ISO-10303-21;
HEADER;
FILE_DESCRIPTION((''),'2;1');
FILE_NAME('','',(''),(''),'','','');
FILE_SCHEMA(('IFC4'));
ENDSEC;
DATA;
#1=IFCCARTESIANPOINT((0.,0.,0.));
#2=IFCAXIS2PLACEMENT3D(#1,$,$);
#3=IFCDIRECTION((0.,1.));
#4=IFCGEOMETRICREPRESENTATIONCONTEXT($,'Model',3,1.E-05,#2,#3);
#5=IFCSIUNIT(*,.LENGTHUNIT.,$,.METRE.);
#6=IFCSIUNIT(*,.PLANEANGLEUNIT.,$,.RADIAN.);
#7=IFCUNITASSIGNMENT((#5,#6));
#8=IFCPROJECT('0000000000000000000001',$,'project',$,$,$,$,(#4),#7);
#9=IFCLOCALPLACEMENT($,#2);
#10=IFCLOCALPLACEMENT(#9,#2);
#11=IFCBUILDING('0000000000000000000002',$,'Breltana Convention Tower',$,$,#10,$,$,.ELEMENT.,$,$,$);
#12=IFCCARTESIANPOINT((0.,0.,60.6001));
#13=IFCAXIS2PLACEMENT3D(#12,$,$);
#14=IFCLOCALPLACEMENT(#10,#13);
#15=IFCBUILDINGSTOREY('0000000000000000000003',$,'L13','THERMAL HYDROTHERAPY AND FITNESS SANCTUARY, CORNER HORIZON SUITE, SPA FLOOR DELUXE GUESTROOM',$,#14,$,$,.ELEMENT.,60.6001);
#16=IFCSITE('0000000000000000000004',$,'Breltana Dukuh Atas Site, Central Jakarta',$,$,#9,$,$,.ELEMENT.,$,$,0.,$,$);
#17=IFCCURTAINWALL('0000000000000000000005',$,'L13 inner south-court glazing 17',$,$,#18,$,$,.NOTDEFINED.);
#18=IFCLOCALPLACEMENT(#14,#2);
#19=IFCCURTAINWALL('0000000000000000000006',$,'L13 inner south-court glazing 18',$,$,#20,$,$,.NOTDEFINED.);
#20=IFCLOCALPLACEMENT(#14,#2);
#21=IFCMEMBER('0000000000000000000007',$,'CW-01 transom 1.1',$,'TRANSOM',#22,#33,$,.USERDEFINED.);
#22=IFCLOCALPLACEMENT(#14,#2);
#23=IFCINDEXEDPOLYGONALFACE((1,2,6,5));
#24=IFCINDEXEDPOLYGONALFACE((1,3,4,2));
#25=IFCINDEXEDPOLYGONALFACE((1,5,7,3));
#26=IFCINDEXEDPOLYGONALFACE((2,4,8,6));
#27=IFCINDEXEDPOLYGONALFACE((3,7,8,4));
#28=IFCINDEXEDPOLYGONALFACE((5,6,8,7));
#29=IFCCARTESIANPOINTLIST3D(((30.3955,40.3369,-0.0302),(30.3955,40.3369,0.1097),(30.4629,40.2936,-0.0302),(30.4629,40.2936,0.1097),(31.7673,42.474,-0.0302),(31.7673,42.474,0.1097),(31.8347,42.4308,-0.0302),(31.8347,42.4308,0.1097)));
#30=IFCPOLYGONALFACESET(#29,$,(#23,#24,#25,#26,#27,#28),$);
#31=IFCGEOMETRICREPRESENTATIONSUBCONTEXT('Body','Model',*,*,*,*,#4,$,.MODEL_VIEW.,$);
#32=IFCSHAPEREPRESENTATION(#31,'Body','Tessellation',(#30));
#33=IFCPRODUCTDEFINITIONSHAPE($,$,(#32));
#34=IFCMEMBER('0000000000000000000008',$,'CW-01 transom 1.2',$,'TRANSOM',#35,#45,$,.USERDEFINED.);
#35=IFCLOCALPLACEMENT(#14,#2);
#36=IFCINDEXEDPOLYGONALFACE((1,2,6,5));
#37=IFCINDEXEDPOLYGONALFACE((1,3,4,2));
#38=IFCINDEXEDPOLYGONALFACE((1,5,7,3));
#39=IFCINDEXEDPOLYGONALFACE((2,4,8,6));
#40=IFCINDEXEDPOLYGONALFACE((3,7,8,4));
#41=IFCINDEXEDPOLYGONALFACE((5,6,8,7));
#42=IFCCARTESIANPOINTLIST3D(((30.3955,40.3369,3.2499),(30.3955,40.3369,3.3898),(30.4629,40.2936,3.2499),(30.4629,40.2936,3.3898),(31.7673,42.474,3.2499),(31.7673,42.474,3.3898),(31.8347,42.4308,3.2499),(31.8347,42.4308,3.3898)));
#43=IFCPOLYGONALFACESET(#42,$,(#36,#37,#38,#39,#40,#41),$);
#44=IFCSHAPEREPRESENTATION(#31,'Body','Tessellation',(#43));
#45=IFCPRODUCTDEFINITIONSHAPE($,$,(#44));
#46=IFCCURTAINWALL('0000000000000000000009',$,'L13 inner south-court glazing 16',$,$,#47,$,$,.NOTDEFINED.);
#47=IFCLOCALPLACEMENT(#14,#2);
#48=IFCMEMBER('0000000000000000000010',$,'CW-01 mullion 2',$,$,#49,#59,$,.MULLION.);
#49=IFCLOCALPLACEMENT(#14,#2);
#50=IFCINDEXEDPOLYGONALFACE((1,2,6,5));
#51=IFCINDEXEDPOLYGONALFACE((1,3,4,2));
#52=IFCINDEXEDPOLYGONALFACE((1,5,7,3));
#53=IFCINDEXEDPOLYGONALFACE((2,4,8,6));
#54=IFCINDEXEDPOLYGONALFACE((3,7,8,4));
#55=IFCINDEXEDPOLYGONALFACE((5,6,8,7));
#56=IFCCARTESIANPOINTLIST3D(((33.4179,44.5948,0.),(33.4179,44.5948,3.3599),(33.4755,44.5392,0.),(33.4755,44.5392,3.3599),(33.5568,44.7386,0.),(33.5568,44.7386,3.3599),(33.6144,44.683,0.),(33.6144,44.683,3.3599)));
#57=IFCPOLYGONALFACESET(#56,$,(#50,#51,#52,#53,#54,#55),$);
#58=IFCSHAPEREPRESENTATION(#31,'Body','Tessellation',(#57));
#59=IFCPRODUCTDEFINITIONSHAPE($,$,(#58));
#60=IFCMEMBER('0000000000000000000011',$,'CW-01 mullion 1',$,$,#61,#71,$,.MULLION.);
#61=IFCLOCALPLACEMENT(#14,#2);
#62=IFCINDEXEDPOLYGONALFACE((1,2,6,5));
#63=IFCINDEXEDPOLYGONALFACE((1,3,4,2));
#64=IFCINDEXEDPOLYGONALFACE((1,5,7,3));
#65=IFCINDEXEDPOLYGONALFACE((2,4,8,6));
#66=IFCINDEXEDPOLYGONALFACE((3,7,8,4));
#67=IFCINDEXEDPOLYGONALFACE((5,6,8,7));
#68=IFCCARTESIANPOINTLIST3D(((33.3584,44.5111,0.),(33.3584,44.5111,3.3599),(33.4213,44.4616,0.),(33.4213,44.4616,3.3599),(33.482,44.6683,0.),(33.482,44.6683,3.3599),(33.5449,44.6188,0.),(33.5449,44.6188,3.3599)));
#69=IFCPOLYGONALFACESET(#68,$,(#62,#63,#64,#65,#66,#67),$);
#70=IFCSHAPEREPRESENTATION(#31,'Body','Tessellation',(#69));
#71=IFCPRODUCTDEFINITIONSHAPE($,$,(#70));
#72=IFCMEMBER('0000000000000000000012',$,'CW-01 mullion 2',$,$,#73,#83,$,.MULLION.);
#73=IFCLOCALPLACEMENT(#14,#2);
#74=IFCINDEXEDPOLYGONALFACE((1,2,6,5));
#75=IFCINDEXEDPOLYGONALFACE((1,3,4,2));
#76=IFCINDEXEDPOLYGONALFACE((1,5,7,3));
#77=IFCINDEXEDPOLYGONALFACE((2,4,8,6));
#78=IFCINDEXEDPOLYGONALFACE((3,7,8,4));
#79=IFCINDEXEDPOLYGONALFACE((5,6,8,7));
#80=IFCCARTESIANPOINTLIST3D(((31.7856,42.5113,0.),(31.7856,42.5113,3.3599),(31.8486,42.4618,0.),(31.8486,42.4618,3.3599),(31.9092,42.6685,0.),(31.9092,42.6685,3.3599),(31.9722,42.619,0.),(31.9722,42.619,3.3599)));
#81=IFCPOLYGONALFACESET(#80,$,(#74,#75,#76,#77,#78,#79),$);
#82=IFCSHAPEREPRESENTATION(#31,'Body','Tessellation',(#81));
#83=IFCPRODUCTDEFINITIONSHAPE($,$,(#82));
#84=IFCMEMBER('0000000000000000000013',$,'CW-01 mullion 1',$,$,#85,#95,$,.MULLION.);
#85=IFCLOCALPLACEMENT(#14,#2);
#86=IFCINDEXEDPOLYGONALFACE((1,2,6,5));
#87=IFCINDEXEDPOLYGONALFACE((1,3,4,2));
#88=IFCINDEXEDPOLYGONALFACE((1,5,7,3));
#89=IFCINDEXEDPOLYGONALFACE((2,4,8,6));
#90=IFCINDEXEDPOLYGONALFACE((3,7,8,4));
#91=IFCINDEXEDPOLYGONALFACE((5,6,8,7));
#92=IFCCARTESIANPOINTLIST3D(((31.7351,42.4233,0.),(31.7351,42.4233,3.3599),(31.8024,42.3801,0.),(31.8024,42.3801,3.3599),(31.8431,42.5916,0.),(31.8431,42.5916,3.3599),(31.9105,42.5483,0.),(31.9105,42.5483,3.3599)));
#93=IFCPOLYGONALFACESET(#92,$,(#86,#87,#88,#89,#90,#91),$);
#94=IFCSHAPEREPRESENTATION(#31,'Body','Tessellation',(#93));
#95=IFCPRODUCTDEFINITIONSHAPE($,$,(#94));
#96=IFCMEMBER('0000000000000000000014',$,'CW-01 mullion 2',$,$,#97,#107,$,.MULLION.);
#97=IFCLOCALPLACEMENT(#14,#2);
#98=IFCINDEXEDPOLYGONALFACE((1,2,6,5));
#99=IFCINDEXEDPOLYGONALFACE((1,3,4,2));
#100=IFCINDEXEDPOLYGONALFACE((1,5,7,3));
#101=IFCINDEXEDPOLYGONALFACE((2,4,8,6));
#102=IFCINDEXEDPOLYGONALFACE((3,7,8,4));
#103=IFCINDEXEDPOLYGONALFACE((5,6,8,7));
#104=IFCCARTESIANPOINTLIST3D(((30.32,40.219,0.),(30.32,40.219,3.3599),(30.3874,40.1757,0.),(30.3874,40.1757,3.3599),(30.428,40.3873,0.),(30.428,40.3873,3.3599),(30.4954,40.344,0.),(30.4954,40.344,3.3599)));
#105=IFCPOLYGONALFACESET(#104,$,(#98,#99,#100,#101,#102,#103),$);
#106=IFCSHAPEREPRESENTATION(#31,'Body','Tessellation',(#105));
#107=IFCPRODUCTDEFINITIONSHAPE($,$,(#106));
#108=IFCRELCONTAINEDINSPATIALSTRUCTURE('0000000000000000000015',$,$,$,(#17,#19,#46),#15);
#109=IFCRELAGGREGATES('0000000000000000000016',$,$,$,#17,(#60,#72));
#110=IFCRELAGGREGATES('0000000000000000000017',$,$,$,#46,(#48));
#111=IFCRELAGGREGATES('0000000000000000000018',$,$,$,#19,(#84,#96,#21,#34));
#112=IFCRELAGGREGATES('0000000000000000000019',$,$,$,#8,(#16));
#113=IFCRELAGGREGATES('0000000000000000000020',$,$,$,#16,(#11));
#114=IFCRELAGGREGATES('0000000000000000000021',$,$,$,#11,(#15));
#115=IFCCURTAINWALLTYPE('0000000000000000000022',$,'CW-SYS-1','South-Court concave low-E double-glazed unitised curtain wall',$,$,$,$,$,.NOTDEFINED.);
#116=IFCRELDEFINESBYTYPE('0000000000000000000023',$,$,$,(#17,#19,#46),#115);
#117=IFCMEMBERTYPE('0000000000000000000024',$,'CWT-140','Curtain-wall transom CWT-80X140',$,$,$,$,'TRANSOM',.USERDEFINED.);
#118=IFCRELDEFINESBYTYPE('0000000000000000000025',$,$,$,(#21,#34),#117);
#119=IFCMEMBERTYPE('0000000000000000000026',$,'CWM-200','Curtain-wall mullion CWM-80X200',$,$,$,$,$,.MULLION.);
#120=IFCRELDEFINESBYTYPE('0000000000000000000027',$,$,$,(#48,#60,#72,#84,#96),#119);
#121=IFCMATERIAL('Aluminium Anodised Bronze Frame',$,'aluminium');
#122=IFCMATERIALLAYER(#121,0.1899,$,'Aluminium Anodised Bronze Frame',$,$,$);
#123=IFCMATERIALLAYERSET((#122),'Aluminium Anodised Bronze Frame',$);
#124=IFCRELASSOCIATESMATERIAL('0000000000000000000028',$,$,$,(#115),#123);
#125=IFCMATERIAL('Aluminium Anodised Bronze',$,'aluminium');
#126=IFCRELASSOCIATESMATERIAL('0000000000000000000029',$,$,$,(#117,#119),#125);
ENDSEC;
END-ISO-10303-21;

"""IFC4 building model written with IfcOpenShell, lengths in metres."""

from ifc_helpers import new_model, si_unit, direction, frame, origin, origin_2d, place, context, subcontext, project, spatial, rectangle, extrude, source, transform, mapped, material, layer, layer_set, material_profile, profile_set, type_object, element, aggregate, save


model = new_model("IFC4")

# Units and contexts
model_context = context("Model", 3, precision=1e-05, world=origin(), true_north=direction((0.0, 1.0)))
body_context = subcontext(model_context, "Body", "Model", "MODEL_VIEW")
ifc_project = project(units=[si_unit("LENGTHUNIT", "METRE"), si_unit("PLANEANGLEUNIT", "RADIAN")], contexts=[model_context])

# Site, building, storey
site_placement = place(None, origin())
site = spatial("IfcSite", under=ifc_project, at=site_placement, Name="Breltana Dukuh Atas Site, Central Jakarta", CompositionType="ELEMENT", RefElevation=0.0)
building_placement = place(site_placement, origin())
building = spatial("IfcBuilding", under=site, at=building_placement, Name="Breltana Convention Tower", CompositionType="ELEMENT")
storey_placement = place(building_placement, frame((0.0, 0.0, 60.6001)))
storey = spatial("IfcBuildingStorey", under=building, at=storey_placement, Name="L13", Description="THERMAL HYDROTHERAPY AND FITNESS SANCTUARY, CORNER HORIZON SUITE, SPA FLOOR DELUXE GUESTROOM", CompositionType="ELEMENT", Elevation=60.6001)

# Curtain walls, members
ifc_material_1 = material(Name="Aluminium Anodised Bronze Frame", Category="aluminium")
ifc_layer_1 = layer(ifc_material_1, 0.1899, Name="Aluminium Anodised Bronze Frame")
ifc_layer_set_1 = layer_set([ifc_layer_1], Name="Aluminium Anodised Bronze Frame")
curtain_wall_type = type_object("IfcCurtainWallType", Name="CW-SYS-1", Description="South-Court concave low-E double-glazed unitised curtain wall", PredefinedType="NOTDEFINED", material=ifc_layer_set_1)
curtain_wall_1_placement = place(storey_placement, origin())
curtain_wall_1 = element("IfcCurtainWall", 1, at=curtain_wall_1_placement, inside=storey, type_object=curtain_wall_type, Name="L13 inner south-court glazing 17", PredefinedType="NOTDEFINED")
ifc_material_2 = material(Name="Aluminium Anodised Bronze", Category="aluminium")
ifc_material_profile_1 = material_profile(ifc_material_2, rectangle(XDim=0.0801, YDim=0.1399, at=origin_2d()), Name="CWT-80X140")
ifc_profile_set_1 = profile_set([ifc_material_profile_1], Name="Aluminium Anodised Bronze")
member_type_1 = type_object("IfcMemberType", Name="CWT-140", Description="Curtain-wall transom CWT-80X140", ElementType="TRANSOM", PredefinedType="USERDEFINED", material=ifc_profile_set_1)
curtain_wall_2_placement = place(storey_placement, origin())
curtain_wall_2 = element("IfcCurtainWall", 2, at=curtain_wall_2_placement, inside=storey, type_object=curtain_wall_type, Name="L13 inner south-court glazing 18", PredefinedType="NOTDEFINED")
shared_shape_1 = source(origin(), body_context, "Body", "SweptSolid", [
    extrude(rectangle(XDim=0.0801, YDim=0.1399, at=origin_2d()), origin(), (0.0, 0.0, 1.0), 2.5396),
])
member_1_placement = place(storey_placement, frame((31.801, 42.4524, 0.0398), z_axis=(-0.540174, -0.841553, 0.0), x_axis=(0.841553, -0.540174, 0.0)))
member_1 = element("IfcMember", 3, at=member_1_placement, type_object=member_type_1, Name="CW-01 transom 1.1", ObjectType="TRANSOM", PredefinedType="USERDEFINED", context=body_context, shape_type="MappedRepresentation", body=[
    mapped(shared_shape_1, transform((0.0, 0.0, 0.0), scale=1.0)),
])
member_2_placement = place(storey_placement, frame((31.801, 42.4524, 3.3198), z_axis=(-0.540174, -0.841553, 0.0), x_axis=(0.841553, -0.540174, 0.0)))
member_2 = element("IfcMember", 4, at=member_2_placement, type_object=member_type_1, Name="CW-01 transom 1.2", ObjectType="TRANSOM", PredefinedType="USERDEFINED", context=body_context, shape_type="MappedRepresentation", body=[
    mapped(shared_shape_1, transform((0.0, 0.0, 0.0), scale=1.0)),
])

# Curtain wall, member
curtain_wall_3_placement = place(storey_placement, origin())
curtain_wall_3 = element("IfcCurtainWall", 5, at=curtain_wall_3_placement, inside=storey, type_object=curtain_wall_type, Name="L13 inner south-court glazing 16", PredefinedType="NOTDEFINED")
ifc_material_profile_2 = material_profile(ifc_material_2, rectangle(XDim=0.0801, YDim=0.2, at=origin_2d()), Name="CWM-80X200")
ifc_profile_set_2 = profile_set([ifc_material_profile_2], Name="Aluminium Anodised Bronze")
member_type_2 = type_object("IfcMemberType", Name="CWM-200", Description="Curtain-wall mullion CWM-80X200", PredefinedType="MULLION", material=ifc_profile_set_2)
shared_shape_2 = source(origin(), body_context, "Body", "SweptSolid", [
    extrude(rectangle(XDim=0.0801, YDim=0.2, at=origin_2d()), origin(), (0.0, 0.0, 1.0), 3.3599),
])
member_3_placement = place(storey_placement, frame((33.5161, 44.6389, 0.0), z_axis=(0.0, 0.0, 1.0), x_axis=(0.719385, -0.694612, 0.0)))
member_3 = element("IfcMember", 6, at=member_3_placement, type_object=member_type_2, Name="CW-01 mullion 2", PredefinedType="MULLION", context=body_context, shape_type="MappedRepresentation", body=[
    mapped(shared_shape_2, transform((0.0, 0.0, 0.0), scale=1.0)),
])

# Members
member_4_placement = place(storey_placement, frame((33.4517, 44.5649, 0.0), z_axis=(0.0, 0.0, 1.0), x_axis=(0.786058, -0.618153, 0.0)))
member_4 = element("IfcMember", 7, at=member_4_placement, type_object=member_type_2, Name="CW-01 mullion 1", PredefinedType="MULLION", context=body_context, shape_type="MappedRepresentation", body=[
    mapped(shared_shape_2, transform((0.0, 0.0, 0.0), scale=1.0)),
])
member_5_placement = place(storey_placement, frame((31.8789, 42.5652, 0.0), z_axis=(0.0, 0.0, 1.0), x_axis=(0.786058, -0.618153, 0.0)))
member_5 = element("IfcMember", 8, at=member_5_placement, type_object=member_type_2, Name="CW-01 mullion 2", PredefinedType="MULLION", context=body_context, shape_type="MappedRepresentation", body=[
    mapped(shared_shape_2, transform((0.0, 0.0, 0.0), scale=1.0)),
])
member_6_placement = place(storey_placement, frame((31.8228, 42.4858, 0.0), z_axis=(0.0, 0.0, 1.0), x_axis=(0.841556, -0.54017, 0.0)))
member_6 = element("IfcMember", 9, at=member_6_placement, type_object=member_type_2, Name="CW-01 mullion 1", PredefinedType="MULLION", context=body_context, shape_type="MappedRepresentation", body=[
    mapped(shared_shape_2, transform((0.0, 0.0, 0.0), scale=1.0)),
])
member_7_placement = place(storey_placement, frame((30.4077, 40.2815, 0.0), z_axis=(0.0, 0.0, 1.0), x_axis=(0.841556, -0.54017, 0.0)))
member_7 = element("IfcMember", 10, at=member_7_placement, type_object=member_type_2, Name="CW-01 mullion 2", PredefinedType="MULLION", context=body_context, shape_type="MappedRepresentation", body=[
    mapped(shared_shape_2, transform((0.0, 0.0, 0.0), scale=1.0)),
])

aggregate(curtain_wall_1, [member_4, member_5])
aggregate(curtain_wall_3, [member_3])
aggregate(curtain_wall_2, [member_6, member_7, member_1, member_2])

save(model, "model.ifc")
